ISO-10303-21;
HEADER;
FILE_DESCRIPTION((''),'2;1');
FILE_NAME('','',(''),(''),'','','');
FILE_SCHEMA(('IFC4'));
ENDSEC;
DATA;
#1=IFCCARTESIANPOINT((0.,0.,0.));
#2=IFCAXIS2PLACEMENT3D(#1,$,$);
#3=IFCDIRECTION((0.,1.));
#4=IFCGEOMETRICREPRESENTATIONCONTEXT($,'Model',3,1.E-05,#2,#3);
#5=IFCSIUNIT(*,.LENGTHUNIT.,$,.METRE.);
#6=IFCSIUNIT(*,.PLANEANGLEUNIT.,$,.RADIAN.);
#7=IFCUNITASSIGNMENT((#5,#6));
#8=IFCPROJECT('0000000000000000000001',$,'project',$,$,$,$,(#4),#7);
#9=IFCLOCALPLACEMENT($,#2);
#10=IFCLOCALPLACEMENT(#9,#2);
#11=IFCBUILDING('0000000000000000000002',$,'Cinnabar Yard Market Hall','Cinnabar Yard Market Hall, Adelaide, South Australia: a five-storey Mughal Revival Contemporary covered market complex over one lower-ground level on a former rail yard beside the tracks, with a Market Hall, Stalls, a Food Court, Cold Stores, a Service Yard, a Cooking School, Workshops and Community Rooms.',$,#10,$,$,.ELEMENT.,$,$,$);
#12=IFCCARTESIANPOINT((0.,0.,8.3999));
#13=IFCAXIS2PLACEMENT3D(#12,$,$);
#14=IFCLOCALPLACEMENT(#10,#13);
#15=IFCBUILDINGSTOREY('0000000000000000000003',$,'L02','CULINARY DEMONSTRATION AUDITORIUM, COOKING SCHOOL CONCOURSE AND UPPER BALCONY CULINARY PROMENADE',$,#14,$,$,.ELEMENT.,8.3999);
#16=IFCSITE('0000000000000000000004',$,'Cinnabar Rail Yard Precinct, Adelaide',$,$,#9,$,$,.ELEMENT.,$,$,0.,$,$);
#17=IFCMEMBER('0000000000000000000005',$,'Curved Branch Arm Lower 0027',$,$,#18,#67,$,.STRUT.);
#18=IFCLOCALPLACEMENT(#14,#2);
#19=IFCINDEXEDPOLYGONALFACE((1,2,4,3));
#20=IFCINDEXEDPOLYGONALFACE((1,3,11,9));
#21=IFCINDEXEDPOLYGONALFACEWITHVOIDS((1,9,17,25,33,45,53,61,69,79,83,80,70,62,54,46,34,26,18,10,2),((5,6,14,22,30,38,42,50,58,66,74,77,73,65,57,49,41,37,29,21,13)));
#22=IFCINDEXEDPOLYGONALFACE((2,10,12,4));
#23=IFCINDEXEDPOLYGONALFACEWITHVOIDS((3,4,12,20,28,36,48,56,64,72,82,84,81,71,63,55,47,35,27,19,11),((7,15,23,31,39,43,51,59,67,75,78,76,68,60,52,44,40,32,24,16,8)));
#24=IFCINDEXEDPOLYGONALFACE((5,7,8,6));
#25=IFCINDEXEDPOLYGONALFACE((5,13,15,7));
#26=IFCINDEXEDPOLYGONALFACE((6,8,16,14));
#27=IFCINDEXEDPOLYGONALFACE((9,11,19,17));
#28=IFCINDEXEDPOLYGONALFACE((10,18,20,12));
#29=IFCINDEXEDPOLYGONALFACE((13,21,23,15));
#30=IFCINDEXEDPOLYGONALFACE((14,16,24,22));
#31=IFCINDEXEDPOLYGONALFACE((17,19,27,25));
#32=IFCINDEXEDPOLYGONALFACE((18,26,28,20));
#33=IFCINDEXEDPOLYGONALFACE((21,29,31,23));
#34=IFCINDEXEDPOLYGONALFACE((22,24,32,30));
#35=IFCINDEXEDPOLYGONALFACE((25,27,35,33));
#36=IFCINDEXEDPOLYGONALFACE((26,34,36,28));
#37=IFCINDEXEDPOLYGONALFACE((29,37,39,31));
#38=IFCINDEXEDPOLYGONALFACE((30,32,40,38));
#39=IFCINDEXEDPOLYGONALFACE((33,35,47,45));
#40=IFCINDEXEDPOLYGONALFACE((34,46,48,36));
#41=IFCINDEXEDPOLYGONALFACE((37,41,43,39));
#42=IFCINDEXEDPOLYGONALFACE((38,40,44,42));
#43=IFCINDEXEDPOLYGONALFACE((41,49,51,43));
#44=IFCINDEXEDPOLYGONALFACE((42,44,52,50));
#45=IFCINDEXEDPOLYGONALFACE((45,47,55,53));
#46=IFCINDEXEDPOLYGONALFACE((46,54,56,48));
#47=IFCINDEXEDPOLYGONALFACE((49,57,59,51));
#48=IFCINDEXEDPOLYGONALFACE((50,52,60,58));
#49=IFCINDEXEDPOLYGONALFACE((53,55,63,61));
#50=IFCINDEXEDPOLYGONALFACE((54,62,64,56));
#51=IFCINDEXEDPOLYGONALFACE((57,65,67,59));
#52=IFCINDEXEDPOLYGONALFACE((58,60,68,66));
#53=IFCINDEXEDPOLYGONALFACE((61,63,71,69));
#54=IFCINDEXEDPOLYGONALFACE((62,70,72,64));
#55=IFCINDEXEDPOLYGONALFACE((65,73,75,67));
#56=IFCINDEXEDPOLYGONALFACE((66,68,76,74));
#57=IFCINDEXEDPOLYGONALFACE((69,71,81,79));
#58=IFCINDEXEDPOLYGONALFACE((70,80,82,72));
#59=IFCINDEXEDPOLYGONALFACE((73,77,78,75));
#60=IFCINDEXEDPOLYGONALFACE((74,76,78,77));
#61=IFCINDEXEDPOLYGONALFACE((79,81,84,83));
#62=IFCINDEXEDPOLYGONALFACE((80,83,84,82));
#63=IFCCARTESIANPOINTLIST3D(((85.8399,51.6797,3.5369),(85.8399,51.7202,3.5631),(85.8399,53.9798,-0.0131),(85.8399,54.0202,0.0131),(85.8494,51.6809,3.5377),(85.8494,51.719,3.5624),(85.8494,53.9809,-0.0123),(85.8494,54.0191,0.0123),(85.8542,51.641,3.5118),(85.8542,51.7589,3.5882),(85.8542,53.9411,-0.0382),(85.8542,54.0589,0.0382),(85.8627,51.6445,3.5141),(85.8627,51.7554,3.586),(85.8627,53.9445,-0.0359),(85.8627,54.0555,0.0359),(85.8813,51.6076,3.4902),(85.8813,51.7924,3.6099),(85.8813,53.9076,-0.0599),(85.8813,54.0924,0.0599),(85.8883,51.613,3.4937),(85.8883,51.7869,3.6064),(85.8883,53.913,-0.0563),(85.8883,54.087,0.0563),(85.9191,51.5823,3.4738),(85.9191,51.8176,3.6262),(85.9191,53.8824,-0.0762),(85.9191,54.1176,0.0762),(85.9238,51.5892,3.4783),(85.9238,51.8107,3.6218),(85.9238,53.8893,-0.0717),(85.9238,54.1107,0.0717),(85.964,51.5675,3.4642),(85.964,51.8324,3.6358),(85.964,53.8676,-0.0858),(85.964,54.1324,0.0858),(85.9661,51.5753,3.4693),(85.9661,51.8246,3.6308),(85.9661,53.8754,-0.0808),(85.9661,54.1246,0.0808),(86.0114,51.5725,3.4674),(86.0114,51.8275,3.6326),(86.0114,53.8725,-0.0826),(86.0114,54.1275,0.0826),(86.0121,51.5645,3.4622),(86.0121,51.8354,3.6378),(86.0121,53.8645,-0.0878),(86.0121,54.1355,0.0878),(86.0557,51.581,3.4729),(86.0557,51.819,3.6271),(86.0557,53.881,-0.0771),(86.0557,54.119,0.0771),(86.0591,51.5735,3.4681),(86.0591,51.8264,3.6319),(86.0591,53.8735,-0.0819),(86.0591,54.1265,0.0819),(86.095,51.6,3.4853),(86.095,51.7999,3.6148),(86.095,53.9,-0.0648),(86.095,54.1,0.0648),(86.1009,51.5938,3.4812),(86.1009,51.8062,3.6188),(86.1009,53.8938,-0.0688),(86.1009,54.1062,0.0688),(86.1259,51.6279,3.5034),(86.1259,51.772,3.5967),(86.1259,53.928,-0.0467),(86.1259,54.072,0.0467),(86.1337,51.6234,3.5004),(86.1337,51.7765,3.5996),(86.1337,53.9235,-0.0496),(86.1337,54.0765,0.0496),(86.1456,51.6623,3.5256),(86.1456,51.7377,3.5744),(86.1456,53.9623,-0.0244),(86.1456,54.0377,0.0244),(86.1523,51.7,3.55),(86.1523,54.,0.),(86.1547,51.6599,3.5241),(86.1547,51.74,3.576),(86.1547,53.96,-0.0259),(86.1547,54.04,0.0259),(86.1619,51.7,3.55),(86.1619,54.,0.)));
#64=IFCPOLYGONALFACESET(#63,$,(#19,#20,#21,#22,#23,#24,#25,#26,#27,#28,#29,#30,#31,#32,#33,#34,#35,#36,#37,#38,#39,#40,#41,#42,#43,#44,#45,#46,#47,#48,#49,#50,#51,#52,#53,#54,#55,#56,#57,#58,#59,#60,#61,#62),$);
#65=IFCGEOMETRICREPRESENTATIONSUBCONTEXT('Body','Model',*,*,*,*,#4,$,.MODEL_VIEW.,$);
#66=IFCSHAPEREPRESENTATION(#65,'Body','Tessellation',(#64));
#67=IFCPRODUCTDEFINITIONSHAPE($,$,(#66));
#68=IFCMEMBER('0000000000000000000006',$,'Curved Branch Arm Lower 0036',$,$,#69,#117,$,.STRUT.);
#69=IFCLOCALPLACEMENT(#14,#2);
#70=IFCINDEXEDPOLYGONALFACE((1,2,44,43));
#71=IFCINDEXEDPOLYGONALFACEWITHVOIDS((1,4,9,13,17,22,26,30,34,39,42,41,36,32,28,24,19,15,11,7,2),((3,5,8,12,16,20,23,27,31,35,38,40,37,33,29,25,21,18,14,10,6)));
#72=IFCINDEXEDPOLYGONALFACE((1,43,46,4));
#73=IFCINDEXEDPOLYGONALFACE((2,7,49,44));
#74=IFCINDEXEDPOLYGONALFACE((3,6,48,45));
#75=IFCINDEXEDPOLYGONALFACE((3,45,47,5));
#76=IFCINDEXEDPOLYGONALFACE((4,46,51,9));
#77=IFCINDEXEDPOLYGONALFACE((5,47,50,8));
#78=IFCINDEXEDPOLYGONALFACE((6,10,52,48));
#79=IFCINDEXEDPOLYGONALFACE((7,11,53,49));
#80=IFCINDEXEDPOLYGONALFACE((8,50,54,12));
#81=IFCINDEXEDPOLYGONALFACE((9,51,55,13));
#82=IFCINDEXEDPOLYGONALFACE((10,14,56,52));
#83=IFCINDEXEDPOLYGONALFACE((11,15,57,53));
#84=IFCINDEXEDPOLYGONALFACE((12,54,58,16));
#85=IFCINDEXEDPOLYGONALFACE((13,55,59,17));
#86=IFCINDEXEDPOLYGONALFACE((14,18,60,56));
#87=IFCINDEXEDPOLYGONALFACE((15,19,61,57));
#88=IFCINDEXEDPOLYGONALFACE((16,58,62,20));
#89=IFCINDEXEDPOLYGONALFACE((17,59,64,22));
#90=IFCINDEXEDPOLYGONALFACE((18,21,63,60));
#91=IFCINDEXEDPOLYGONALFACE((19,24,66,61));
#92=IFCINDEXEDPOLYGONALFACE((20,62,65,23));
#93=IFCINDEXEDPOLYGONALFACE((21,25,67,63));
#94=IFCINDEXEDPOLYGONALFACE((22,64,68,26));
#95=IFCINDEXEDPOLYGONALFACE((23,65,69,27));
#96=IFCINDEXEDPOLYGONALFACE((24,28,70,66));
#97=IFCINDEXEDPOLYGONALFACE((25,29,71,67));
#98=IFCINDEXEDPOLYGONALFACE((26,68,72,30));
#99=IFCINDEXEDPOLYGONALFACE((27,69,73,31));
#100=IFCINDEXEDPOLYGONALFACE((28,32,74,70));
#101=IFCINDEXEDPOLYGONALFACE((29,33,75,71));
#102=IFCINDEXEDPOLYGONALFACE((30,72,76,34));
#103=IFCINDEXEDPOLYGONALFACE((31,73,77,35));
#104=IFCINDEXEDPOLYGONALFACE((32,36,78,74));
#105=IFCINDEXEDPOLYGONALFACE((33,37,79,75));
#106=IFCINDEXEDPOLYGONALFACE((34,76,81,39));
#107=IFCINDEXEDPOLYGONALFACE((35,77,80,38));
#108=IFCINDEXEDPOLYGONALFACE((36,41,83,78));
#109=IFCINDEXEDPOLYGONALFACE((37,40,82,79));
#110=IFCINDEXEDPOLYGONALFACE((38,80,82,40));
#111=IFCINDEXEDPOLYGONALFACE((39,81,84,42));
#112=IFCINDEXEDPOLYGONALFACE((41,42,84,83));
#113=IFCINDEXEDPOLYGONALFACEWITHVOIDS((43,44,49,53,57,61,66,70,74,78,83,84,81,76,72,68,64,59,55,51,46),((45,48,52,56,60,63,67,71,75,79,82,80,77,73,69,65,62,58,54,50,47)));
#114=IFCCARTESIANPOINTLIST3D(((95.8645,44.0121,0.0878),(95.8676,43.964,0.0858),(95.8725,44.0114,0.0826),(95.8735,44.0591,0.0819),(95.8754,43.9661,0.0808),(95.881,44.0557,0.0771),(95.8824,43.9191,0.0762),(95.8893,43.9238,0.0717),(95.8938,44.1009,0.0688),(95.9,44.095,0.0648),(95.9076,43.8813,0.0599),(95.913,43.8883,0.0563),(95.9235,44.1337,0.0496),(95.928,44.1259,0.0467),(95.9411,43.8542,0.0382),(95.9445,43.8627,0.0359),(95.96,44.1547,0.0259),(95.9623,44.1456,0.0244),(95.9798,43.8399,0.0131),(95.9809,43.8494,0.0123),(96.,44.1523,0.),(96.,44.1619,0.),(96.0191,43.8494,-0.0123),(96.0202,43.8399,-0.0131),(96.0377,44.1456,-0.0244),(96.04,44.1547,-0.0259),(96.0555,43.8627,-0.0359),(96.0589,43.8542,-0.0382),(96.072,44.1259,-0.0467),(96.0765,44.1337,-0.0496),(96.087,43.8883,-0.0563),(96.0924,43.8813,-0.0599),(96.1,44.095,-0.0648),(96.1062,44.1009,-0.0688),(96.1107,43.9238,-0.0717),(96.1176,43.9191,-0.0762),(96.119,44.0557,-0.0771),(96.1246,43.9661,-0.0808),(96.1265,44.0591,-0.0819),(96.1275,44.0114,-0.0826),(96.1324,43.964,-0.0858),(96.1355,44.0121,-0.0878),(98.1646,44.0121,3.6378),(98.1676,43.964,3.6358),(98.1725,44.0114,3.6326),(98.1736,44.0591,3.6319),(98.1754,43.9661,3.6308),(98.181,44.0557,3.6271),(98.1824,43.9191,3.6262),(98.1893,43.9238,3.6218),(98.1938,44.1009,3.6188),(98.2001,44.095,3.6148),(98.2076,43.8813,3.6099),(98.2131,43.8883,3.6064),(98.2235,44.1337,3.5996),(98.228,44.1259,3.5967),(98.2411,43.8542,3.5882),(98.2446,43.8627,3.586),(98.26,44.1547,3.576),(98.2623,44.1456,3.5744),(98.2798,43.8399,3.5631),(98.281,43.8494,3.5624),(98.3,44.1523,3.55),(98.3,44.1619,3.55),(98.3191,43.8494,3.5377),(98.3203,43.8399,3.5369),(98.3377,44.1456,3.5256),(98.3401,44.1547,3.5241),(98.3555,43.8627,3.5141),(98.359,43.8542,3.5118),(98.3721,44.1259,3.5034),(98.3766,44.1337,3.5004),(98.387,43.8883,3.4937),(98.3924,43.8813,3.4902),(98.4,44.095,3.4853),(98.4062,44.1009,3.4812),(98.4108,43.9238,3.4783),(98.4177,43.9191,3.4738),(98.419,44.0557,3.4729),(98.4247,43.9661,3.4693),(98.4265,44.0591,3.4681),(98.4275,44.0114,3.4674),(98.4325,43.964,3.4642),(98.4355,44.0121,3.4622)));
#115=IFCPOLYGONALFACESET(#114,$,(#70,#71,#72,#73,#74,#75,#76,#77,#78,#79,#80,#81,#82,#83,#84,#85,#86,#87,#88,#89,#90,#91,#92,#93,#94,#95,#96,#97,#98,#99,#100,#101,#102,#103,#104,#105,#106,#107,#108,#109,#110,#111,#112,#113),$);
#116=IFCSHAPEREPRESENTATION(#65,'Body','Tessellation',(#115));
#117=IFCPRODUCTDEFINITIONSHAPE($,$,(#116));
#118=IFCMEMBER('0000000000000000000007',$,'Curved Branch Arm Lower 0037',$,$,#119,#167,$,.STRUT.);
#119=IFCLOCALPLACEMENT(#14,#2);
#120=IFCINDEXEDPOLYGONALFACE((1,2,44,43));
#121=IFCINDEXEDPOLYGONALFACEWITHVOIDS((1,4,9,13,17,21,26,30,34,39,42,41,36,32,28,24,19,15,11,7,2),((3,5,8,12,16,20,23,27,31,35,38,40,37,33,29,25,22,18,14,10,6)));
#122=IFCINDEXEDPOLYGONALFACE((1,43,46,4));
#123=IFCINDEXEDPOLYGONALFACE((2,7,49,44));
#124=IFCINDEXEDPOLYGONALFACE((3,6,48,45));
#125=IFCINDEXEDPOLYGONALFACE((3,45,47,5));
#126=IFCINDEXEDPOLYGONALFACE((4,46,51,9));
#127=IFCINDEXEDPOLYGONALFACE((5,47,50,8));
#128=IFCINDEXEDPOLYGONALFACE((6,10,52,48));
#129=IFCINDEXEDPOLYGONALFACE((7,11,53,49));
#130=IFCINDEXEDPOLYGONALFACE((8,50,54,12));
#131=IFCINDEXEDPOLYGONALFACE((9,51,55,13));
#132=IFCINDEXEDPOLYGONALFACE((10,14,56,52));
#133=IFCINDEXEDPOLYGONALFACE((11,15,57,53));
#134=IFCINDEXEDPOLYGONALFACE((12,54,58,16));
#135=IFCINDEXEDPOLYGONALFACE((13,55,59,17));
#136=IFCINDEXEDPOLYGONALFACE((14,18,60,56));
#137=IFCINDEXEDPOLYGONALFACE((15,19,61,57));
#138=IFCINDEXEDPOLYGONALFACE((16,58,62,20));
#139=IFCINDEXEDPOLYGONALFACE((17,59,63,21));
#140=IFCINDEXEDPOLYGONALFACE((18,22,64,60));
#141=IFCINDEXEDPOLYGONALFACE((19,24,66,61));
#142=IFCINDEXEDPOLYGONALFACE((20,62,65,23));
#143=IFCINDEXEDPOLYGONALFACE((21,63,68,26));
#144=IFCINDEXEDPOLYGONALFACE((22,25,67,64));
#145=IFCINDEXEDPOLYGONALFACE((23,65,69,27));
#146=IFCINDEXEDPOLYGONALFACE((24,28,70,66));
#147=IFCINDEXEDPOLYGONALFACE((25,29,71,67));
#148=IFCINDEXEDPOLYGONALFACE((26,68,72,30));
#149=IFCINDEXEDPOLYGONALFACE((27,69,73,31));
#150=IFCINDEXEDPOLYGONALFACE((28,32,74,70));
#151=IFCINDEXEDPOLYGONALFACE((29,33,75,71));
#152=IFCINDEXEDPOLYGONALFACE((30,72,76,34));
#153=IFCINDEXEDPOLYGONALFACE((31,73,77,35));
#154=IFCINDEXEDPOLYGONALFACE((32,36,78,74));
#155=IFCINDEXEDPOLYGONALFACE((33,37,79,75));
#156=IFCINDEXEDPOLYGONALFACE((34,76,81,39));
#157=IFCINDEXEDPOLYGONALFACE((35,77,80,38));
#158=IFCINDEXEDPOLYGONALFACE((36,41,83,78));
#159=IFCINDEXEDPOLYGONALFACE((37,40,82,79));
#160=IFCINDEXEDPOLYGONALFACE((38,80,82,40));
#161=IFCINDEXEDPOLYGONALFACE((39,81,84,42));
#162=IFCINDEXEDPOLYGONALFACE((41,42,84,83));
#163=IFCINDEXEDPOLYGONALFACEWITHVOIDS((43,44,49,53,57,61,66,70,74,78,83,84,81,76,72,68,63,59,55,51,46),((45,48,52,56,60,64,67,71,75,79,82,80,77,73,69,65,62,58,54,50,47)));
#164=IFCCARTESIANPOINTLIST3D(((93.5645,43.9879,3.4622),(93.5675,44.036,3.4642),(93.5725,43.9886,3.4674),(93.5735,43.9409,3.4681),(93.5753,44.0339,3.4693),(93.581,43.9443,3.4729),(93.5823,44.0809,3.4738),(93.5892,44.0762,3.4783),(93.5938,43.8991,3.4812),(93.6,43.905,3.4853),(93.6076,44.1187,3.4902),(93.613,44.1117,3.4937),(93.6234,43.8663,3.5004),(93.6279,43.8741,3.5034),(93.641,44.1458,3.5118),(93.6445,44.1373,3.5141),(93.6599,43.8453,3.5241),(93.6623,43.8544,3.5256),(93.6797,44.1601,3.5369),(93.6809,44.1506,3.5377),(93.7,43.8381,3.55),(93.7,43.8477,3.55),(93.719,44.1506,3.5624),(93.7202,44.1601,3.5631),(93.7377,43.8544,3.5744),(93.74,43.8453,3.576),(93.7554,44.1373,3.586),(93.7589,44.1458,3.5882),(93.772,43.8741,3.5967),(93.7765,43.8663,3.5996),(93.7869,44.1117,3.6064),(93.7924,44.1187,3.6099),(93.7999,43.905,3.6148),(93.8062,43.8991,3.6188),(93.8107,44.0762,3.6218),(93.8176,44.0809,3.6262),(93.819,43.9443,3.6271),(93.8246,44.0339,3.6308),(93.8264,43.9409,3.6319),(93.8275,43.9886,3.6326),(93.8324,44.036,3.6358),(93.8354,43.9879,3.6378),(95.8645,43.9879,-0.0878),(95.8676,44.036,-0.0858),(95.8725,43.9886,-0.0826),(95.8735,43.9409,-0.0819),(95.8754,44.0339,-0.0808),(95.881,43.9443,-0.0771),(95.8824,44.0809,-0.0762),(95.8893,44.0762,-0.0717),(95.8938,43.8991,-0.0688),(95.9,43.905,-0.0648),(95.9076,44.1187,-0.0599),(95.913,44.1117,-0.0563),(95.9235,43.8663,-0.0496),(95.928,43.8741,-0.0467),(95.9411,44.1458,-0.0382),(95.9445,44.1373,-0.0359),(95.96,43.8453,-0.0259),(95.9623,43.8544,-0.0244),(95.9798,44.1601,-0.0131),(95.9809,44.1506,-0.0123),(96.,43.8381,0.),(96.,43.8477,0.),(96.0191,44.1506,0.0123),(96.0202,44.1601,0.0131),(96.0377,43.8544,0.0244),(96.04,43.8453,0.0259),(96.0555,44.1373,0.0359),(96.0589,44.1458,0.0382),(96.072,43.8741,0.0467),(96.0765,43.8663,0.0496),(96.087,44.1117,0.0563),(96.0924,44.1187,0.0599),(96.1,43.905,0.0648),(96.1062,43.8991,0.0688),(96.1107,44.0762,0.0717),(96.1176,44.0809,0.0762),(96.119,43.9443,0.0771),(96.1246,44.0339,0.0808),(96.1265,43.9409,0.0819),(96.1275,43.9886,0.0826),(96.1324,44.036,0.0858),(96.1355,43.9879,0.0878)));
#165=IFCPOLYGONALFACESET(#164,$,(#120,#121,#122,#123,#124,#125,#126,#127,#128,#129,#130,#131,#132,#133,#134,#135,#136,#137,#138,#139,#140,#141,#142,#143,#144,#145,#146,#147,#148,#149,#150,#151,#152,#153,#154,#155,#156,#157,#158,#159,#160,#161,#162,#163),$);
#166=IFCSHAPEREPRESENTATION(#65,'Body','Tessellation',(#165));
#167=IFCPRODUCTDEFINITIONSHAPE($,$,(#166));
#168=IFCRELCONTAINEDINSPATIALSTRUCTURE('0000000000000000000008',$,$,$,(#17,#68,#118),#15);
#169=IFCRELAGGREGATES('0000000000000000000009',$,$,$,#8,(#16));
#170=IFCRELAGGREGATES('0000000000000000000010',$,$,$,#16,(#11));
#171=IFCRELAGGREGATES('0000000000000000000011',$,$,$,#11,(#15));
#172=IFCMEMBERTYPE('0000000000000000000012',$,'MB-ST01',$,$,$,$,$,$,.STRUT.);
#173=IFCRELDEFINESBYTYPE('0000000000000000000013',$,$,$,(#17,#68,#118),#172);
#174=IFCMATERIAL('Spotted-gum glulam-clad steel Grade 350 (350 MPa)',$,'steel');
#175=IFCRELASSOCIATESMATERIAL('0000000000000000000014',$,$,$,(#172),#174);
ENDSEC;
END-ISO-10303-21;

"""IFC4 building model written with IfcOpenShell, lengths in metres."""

from ifc_helpers import new_model, si_unit, direction, frame, origin, origin_2d_with_axis, place, context, subcontext, project, spatial, hollow_circle, extrude, material, material_profile, profile_set, type_object, element, save


model = new_model("IFC4")

# Units and contexts
model_context = context("Model", 3, precision=1e-05, world=origin(), true_north=direction((0.0, 1.0)))
body_context = subcontext(model_context, "Body", "Model", "MODEL_VIEW")
ifc_project = project(units=[si_unit("LENGTHUNIT", "METRE"), si_unit("PLANEANGLEUNIT", "RADIAN")], contexts=[model_context])

# Site, building, storey
site_placement = place(None, origin())
site = spatial("IfcSite", under=ifc_project, at=site_placement, Name="Cinnabar Rail Yard Precinct, Adelaide", CompositionType="ELEMENT", RefElevation=0.0)
building_placement = place(site_placement, origin())
building = spatial("IfcBuilding", under=site, at=building_placement, Name="Cinnabar Yard Market Hall", Description="Cinnabar Yard Market Hall, Adelaide, South Australia: a five-storey Mughal Revival Contemporary covered market complex over one lower-ground level on a former rail yard beside the tracks, with a Market Hall, Stalls, a Food Court, Cold Stores, a Service Yard, a Cooking School, Workshops and Community Rooms.", CompositionType="ELEMENT")
storey_placement = place(building_placement, frame((0.0, 0.0, 8.3999)))
storey = spatial("IfcBuildingStorey", under=building, at=storey_placement, Name="L02", Description="CULINARY DEMONSTRATION AUDITORIUM, COOKING SCHOOL CONCOURSE AND UPPER BALCONY CULINARY PROMENADE", CompositionType="ELEMENT", Elevation=8.3999)

# Shared definitions
ifc_material_1 = material(Name="Spotted-gum glulam-clad steel Grade 350 (350 MPa)", Category="steel")

# Members
ifc_material_profile_1 = material_profile(ifc_material_1, hollow_circle(Radius=0.1619, WallThickness=0.0095, at=origin_2d_with_axis()), Name="323.9x9.5CHS")
ifc_profile_set_1 = profile_set([ifc_material_profile_1], Name="Spotted-gum glulam-clad steel Grade 350 (350 MPa)")
member_type_1 = type_object("IfcMemberType", Name="MB-ST01", PredefinedType="STRUT", material=ifc_profile_set_1)
for number, where, z_axis, x_axis, name in (
    (1, (86.0, 54.0, 0.0), (0.0, -0.543744, 0.839251), (1.0, 0.0, 0.0), "Curved Branch Arm Lower 0027"),
    (2, (96.0, 44.0, 0.0), (0.543744, 0.0, 0.839251), (0.0, 1.0, 0.0), "Curved Branch Arm Lower 0036"),
    (3, (96.0, 44.0, 0.0), (-0.543744, 0.0, 0.839251), (0.0, -1.0, 0.0), "Curved Branch Arm Lower 0037"),
):
    element("IfcMember", number, at=place(storey_placement, frame(where, z_axis=z_axis, x_axis=x_axis)), inside=storey, type_object=member_type_1, Name=name, PredefinedType="STRUT", context=body_context, shape_type="SweptSolid", body=[
        extrude(hollow_circle(Radius=0.1619, WallThickness=0.0095, at=origin_2d_with_axis()), origin(), (0.0, 0.0, 1.0), 4.23),
    ])

save(model, "model.ifc")
